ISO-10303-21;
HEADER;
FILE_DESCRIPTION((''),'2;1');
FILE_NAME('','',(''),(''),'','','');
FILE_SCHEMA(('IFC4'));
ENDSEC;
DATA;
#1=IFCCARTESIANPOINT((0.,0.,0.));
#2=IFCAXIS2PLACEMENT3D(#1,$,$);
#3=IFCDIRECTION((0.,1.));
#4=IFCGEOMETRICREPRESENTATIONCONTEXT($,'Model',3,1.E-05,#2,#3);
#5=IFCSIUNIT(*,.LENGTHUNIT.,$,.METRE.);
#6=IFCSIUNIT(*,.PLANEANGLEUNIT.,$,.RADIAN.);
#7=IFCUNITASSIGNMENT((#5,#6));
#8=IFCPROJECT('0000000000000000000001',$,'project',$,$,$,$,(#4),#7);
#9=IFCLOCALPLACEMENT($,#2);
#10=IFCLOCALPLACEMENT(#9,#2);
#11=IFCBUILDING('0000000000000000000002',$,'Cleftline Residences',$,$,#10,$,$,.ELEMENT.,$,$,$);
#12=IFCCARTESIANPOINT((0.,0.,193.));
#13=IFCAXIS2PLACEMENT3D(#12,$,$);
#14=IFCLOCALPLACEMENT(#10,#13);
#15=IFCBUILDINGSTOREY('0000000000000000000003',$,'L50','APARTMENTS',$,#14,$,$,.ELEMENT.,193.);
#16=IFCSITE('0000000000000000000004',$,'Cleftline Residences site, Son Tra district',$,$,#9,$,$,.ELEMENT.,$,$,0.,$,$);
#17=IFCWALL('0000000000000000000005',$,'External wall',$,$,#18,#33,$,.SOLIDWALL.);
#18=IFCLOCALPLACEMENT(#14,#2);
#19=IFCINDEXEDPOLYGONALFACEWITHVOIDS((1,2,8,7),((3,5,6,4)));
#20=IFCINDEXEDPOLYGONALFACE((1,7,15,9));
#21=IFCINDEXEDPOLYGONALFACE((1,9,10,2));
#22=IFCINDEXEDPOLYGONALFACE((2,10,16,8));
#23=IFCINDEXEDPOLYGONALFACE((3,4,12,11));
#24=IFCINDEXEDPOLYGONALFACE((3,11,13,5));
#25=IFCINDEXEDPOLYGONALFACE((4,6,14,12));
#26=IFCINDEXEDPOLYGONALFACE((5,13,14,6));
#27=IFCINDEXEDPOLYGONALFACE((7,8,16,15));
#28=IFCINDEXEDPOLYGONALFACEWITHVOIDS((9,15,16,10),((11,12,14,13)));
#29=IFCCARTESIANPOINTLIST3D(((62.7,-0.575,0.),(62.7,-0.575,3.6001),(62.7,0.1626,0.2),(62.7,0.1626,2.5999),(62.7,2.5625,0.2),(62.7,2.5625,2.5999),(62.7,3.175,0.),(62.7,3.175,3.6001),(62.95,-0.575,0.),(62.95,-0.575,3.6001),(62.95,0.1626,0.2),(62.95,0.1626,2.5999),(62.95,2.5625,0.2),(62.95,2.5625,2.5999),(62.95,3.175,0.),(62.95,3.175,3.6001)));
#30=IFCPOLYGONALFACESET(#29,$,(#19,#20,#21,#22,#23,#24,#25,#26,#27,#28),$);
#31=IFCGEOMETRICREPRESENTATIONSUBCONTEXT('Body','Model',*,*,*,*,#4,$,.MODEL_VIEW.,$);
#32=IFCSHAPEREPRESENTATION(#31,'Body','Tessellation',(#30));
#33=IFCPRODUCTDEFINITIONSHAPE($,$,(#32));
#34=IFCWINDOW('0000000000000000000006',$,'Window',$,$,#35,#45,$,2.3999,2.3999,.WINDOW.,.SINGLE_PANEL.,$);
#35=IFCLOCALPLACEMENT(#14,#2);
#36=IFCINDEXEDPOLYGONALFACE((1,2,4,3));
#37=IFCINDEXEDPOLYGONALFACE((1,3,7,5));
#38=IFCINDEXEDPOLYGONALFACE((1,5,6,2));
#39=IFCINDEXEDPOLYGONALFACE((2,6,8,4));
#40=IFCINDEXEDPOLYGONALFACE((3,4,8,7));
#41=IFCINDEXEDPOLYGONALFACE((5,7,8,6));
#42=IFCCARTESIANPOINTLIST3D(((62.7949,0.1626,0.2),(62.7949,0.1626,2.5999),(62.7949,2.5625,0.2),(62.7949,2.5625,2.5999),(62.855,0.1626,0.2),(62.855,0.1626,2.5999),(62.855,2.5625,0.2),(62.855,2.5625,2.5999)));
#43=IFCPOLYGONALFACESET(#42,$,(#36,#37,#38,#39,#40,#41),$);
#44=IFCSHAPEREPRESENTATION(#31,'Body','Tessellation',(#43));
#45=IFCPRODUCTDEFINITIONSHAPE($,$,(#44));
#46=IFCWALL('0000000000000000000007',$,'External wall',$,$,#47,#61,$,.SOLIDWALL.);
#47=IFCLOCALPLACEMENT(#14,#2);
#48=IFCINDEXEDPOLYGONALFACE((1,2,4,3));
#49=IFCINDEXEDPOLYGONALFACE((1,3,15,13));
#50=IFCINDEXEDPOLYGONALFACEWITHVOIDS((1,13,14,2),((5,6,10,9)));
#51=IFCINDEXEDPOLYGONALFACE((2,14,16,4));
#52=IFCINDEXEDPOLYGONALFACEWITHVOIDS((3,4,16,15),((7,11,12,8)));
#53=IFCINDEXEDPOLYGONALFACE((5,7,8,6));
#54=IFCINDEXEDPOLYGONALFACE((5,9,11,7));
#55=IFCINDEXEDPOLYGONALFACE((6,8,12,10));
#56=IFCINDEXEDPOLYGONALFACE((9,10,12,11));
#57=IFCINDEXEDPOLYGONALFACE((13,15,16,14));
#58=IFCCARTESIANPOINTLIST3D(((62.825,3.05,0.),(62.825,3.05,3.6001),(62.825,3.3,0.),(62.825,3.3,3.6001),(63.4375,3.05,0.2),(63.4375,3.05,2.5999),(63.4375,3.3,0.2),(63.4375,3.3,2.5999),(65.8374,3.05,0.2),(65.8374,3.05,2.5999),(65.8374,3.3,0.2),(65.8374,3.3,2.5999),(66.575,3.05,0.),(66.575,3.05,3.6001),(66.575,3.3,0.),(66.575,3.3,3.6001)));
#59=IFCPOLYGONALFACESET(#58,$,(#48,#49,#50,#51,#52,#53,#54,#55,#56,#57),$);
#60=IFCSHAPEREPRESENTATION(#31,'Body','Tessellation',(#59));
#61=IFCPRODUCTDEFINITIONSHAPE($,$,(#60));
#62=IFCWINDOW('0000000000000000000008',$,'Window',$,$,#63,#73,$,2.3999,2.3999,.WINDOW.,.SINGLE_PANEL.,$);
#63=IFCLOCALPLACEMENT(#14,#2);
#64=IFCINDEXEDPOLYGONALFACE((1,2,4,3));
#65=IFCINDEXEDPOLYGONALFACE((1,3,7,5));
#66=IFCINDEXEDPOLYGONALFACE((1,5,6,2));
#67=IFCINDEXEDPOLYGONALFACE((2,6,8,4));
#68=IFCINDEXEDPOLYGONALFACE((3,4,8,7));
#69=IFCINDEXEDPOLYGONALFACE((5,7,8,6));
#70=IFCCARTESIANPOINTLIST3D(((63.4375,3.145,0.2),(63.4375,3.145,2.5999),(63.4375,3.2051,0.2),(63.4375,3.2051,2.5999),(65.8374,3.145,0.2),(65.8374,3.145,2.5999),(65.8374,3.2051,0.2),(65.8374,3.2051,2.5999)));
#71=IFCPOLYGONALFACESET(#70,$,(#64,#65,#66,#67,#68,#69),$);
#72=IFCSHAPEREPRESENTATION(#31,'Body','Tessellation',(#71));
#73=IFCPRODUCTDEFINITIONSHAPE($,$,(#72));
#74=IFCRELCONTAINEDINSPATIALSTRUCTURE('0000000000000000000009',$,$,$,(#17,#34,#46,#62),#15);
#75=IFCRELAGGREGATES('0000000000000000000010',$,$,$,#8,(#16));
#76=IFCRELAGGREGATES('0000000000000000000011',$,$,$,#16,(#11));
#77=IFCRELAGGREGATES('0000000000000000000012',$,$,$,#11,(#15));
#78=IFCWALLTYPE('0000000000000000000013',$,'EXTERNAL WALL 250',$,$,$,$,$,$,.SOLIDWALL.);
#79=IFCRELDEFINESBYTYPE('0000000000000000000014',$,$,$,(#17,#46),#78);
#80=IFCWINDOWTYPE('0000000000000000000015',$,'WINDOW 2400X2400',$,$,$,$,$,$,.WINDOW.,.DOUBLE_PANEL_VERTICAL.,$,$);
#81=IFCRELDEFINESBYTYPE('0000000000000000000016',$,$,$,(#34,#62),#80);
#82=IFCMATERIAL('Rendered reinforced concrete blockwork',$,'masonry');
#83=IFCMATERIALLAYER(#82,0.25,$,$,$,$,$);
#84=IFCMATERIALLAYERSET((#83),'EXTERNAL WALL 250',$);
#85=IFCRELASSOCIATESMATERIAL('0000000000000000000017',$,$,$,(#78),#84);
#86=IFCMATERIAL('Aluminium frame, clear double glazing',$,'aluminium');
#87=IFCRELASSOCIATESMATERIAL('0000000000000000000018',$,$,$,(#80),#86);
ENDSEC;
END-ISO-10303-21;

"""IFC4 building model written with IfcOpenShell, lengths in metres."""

from ifc_helpers import new_model, si_unit, direction, frame, frame_2d, origin, place, context, subcontext, project, spatial, rectangle, extrude, material, layer, layer_set, type_object, element, fill, save


model = new_model("IFC4")

# Units and contexts
model_context = context("Model", 3, precision=1e-05, world=origin(), true_north=direction((0.0, 1.0)))
body_context = subcontext(model_context, "Body", "Model", "MODEL_VIEW")
ifc_project = project(units=[si_unit("LENGTHUNIT", "METRE"), si_unit("PLANEANGLEUNIT", "RADIAN")], contexts=[model_context])

# Site, building, storey
site_placement = place(None, origin())
site = spatial("IfcSite", under=ifc_project, at=site_placement, Name="Cleftline Residences site, Son Tra district", CompositionType="ELEMENT", RefElevation=0.0)
building_placement = place(site_placement, origin())
building = spatial("IfcBuilding", under=site, at=building_placement, Name="Cleftline Residences", CompositionType="ELEMENT")
storey_placement = place(building_placement, frame((0.0, 0.0, 193.0)))
storey = spatial("IfcBuildingStorey", under=building, at=storey_placement, Name="L50", Description="APARTMENTS", CompositionType="ELEMENT", Elevation=193.0)

# Walls, openings, windows
ifc_material_1 = material(Name="Rendered reinforced concrete blockwork", Category="masonry")
ifc_layer_1 = layer(ifc_material_1, 0.25)
ifc_layer_set_1 = layer_set([ifc_layer_1], Name="EXTERNAL WALL 250")
wall_type_1 = type_object("IfcWallType", Name="EXTERNAL WALL 250", PredefinedType="SOLIDWALL", material=ifc_layer_set_1)
wall_1_placement = place(storey_placement, frame((62.825, -0.575, 0.0), z_axis=(0.0, 0.0, 1.0), x_axis=(0.0, 1.0, 0.0)))
wall_1 = element("IfcWall", 1, at=wall_1_placement, inside=storey, type_object=wall_type_1, Name="External wall", PredefinedType="SOLIDWALL", context=body_context, shape_type="SweptSolid", body=[
    extrude(rectangle(XDim=3.75, YDim=0.25, at=frame_2d((1.875, 0.0))), origin(), (0.0, 0.0, 1.0), 3.6001),
])
opening_1_placement = place(wall_1_placement, frame((0.7375, 0.0, 0.2)))
opening_1 = element("IfcOpeningElement", 2, at=opening_1_placement, cuts=wall_1, PredefinedType="OPENING", context=body_context, shape_type="SweptSolid", body=[
    extrude(rectangle(XDim=2.3999, YDim=2.3999, at=frame_2d((1.2, 1.2))), frame((0.0, 0.135, 0.0), z_axis=(0.0, -1.0, 0.0), x_axis=(1.0, 0.0, 0.0)), (0.0, 0.0, 1.0), 0.27),
])
ifc_material_2 = material(Name="Aluminium frame, clear double glazing", Category="aluminium")
window_type_1 = type_object("IfcWindowType", Name="WINDOW 2400X2400", PartitioningType="DOUBLE_PANEL_VERTICAL", PredefinedType="WINDOW", material=ifc_material_2)
window_1_placement = place(opening_1_placement, origin())
window_1 = element("IfcWindow", 3, at=window_1_placement, inside=storey, type_object=window_type_1, Name="Window", OverallHeight=2.3999, OverallWidth=2.3999, PartitioningType="SINGLE_PANEL", PredefinedType="WINDOW", context=body_context, shape_type="SweptSolid", body=[
    extrude(rectangle(XDim=2.3999, YDim=2.3999, at=frame_2d((1.2, 1.2))), frame((0.0, 0.03, 0.0), z_axis=(0.0, -1.0, 0.0), x_axis=(1.0, 0.0, 0.0)), (0.0, 0.0, 1.0), 0.0601),
])
fill(opening_1, window_1)
wall_2_placement = place(storey_placement, frame((62.825, 3.175, 0.0), z_axis=(0.0, 0.0, 1.0), x_axis=(1.0, 0.0, 0.0)))
wall_2 = element("IfcWall", 4, at=wall_2_placement, inside=storey, type_object=wall_type_1, Name="External wall", PredefinedType="SOLIDWALL", context=body_context, shape_type="SweptSolid", body=[
    extrude(rectangle(XDim=3.75, YDim=0.25, at=frame_2d((1.875, 0.0))), origin(), (0.0, 0.0, 1.0), 3.6001),
])
opening_2_placement = place(wall_2_placement, frame((0.6125, 0.0, 0.2)))
opening_2 = element("IfcOpeningElement", 5, at=opening_2_placement, cuts=wall_2, PredefinedType="OPENING", context=body_context, shape_type="SweptSolid", body=[
    extrude(rectangle(XDim=2.3999, YDim=2.3999, at=frame_2d((1.2, 1.2))), frame((0.0, 0.135, 0.0), z_axis=(0.0, -1.0, 0.0), x_axis=(1.0, 0.0, 0.0)), (0.0, 0.0, 1.0), 0.27),
])
window_2_placement = place(opening_2_placement, origin())
window_2 = element("IfcWindow", 6, at=window_2_placement, inside=storey, type_object=window_type_1, Name="Window", OverallHeight=2.3999, OverallWidth=2.3999, PartitioningType="SINGLE_PANEL", PredefinedType="WINDOW", context=body_context, shape_type="SweptSolid", body=[
    extrude(rectangle(XDim=2.3999, YDim=2.3999, at=frame_2d((1.2, 1.2))), frame((0.0, 0.03, 0.0), z_axis=(0.0, -1.0, 0.0), x_axis=(1.0, 0.0, 0.0)), (0.0, 0.0, 1.0), 0.0601),
])
fill(opening_2, window_2)

save(model, "model.ifc")
